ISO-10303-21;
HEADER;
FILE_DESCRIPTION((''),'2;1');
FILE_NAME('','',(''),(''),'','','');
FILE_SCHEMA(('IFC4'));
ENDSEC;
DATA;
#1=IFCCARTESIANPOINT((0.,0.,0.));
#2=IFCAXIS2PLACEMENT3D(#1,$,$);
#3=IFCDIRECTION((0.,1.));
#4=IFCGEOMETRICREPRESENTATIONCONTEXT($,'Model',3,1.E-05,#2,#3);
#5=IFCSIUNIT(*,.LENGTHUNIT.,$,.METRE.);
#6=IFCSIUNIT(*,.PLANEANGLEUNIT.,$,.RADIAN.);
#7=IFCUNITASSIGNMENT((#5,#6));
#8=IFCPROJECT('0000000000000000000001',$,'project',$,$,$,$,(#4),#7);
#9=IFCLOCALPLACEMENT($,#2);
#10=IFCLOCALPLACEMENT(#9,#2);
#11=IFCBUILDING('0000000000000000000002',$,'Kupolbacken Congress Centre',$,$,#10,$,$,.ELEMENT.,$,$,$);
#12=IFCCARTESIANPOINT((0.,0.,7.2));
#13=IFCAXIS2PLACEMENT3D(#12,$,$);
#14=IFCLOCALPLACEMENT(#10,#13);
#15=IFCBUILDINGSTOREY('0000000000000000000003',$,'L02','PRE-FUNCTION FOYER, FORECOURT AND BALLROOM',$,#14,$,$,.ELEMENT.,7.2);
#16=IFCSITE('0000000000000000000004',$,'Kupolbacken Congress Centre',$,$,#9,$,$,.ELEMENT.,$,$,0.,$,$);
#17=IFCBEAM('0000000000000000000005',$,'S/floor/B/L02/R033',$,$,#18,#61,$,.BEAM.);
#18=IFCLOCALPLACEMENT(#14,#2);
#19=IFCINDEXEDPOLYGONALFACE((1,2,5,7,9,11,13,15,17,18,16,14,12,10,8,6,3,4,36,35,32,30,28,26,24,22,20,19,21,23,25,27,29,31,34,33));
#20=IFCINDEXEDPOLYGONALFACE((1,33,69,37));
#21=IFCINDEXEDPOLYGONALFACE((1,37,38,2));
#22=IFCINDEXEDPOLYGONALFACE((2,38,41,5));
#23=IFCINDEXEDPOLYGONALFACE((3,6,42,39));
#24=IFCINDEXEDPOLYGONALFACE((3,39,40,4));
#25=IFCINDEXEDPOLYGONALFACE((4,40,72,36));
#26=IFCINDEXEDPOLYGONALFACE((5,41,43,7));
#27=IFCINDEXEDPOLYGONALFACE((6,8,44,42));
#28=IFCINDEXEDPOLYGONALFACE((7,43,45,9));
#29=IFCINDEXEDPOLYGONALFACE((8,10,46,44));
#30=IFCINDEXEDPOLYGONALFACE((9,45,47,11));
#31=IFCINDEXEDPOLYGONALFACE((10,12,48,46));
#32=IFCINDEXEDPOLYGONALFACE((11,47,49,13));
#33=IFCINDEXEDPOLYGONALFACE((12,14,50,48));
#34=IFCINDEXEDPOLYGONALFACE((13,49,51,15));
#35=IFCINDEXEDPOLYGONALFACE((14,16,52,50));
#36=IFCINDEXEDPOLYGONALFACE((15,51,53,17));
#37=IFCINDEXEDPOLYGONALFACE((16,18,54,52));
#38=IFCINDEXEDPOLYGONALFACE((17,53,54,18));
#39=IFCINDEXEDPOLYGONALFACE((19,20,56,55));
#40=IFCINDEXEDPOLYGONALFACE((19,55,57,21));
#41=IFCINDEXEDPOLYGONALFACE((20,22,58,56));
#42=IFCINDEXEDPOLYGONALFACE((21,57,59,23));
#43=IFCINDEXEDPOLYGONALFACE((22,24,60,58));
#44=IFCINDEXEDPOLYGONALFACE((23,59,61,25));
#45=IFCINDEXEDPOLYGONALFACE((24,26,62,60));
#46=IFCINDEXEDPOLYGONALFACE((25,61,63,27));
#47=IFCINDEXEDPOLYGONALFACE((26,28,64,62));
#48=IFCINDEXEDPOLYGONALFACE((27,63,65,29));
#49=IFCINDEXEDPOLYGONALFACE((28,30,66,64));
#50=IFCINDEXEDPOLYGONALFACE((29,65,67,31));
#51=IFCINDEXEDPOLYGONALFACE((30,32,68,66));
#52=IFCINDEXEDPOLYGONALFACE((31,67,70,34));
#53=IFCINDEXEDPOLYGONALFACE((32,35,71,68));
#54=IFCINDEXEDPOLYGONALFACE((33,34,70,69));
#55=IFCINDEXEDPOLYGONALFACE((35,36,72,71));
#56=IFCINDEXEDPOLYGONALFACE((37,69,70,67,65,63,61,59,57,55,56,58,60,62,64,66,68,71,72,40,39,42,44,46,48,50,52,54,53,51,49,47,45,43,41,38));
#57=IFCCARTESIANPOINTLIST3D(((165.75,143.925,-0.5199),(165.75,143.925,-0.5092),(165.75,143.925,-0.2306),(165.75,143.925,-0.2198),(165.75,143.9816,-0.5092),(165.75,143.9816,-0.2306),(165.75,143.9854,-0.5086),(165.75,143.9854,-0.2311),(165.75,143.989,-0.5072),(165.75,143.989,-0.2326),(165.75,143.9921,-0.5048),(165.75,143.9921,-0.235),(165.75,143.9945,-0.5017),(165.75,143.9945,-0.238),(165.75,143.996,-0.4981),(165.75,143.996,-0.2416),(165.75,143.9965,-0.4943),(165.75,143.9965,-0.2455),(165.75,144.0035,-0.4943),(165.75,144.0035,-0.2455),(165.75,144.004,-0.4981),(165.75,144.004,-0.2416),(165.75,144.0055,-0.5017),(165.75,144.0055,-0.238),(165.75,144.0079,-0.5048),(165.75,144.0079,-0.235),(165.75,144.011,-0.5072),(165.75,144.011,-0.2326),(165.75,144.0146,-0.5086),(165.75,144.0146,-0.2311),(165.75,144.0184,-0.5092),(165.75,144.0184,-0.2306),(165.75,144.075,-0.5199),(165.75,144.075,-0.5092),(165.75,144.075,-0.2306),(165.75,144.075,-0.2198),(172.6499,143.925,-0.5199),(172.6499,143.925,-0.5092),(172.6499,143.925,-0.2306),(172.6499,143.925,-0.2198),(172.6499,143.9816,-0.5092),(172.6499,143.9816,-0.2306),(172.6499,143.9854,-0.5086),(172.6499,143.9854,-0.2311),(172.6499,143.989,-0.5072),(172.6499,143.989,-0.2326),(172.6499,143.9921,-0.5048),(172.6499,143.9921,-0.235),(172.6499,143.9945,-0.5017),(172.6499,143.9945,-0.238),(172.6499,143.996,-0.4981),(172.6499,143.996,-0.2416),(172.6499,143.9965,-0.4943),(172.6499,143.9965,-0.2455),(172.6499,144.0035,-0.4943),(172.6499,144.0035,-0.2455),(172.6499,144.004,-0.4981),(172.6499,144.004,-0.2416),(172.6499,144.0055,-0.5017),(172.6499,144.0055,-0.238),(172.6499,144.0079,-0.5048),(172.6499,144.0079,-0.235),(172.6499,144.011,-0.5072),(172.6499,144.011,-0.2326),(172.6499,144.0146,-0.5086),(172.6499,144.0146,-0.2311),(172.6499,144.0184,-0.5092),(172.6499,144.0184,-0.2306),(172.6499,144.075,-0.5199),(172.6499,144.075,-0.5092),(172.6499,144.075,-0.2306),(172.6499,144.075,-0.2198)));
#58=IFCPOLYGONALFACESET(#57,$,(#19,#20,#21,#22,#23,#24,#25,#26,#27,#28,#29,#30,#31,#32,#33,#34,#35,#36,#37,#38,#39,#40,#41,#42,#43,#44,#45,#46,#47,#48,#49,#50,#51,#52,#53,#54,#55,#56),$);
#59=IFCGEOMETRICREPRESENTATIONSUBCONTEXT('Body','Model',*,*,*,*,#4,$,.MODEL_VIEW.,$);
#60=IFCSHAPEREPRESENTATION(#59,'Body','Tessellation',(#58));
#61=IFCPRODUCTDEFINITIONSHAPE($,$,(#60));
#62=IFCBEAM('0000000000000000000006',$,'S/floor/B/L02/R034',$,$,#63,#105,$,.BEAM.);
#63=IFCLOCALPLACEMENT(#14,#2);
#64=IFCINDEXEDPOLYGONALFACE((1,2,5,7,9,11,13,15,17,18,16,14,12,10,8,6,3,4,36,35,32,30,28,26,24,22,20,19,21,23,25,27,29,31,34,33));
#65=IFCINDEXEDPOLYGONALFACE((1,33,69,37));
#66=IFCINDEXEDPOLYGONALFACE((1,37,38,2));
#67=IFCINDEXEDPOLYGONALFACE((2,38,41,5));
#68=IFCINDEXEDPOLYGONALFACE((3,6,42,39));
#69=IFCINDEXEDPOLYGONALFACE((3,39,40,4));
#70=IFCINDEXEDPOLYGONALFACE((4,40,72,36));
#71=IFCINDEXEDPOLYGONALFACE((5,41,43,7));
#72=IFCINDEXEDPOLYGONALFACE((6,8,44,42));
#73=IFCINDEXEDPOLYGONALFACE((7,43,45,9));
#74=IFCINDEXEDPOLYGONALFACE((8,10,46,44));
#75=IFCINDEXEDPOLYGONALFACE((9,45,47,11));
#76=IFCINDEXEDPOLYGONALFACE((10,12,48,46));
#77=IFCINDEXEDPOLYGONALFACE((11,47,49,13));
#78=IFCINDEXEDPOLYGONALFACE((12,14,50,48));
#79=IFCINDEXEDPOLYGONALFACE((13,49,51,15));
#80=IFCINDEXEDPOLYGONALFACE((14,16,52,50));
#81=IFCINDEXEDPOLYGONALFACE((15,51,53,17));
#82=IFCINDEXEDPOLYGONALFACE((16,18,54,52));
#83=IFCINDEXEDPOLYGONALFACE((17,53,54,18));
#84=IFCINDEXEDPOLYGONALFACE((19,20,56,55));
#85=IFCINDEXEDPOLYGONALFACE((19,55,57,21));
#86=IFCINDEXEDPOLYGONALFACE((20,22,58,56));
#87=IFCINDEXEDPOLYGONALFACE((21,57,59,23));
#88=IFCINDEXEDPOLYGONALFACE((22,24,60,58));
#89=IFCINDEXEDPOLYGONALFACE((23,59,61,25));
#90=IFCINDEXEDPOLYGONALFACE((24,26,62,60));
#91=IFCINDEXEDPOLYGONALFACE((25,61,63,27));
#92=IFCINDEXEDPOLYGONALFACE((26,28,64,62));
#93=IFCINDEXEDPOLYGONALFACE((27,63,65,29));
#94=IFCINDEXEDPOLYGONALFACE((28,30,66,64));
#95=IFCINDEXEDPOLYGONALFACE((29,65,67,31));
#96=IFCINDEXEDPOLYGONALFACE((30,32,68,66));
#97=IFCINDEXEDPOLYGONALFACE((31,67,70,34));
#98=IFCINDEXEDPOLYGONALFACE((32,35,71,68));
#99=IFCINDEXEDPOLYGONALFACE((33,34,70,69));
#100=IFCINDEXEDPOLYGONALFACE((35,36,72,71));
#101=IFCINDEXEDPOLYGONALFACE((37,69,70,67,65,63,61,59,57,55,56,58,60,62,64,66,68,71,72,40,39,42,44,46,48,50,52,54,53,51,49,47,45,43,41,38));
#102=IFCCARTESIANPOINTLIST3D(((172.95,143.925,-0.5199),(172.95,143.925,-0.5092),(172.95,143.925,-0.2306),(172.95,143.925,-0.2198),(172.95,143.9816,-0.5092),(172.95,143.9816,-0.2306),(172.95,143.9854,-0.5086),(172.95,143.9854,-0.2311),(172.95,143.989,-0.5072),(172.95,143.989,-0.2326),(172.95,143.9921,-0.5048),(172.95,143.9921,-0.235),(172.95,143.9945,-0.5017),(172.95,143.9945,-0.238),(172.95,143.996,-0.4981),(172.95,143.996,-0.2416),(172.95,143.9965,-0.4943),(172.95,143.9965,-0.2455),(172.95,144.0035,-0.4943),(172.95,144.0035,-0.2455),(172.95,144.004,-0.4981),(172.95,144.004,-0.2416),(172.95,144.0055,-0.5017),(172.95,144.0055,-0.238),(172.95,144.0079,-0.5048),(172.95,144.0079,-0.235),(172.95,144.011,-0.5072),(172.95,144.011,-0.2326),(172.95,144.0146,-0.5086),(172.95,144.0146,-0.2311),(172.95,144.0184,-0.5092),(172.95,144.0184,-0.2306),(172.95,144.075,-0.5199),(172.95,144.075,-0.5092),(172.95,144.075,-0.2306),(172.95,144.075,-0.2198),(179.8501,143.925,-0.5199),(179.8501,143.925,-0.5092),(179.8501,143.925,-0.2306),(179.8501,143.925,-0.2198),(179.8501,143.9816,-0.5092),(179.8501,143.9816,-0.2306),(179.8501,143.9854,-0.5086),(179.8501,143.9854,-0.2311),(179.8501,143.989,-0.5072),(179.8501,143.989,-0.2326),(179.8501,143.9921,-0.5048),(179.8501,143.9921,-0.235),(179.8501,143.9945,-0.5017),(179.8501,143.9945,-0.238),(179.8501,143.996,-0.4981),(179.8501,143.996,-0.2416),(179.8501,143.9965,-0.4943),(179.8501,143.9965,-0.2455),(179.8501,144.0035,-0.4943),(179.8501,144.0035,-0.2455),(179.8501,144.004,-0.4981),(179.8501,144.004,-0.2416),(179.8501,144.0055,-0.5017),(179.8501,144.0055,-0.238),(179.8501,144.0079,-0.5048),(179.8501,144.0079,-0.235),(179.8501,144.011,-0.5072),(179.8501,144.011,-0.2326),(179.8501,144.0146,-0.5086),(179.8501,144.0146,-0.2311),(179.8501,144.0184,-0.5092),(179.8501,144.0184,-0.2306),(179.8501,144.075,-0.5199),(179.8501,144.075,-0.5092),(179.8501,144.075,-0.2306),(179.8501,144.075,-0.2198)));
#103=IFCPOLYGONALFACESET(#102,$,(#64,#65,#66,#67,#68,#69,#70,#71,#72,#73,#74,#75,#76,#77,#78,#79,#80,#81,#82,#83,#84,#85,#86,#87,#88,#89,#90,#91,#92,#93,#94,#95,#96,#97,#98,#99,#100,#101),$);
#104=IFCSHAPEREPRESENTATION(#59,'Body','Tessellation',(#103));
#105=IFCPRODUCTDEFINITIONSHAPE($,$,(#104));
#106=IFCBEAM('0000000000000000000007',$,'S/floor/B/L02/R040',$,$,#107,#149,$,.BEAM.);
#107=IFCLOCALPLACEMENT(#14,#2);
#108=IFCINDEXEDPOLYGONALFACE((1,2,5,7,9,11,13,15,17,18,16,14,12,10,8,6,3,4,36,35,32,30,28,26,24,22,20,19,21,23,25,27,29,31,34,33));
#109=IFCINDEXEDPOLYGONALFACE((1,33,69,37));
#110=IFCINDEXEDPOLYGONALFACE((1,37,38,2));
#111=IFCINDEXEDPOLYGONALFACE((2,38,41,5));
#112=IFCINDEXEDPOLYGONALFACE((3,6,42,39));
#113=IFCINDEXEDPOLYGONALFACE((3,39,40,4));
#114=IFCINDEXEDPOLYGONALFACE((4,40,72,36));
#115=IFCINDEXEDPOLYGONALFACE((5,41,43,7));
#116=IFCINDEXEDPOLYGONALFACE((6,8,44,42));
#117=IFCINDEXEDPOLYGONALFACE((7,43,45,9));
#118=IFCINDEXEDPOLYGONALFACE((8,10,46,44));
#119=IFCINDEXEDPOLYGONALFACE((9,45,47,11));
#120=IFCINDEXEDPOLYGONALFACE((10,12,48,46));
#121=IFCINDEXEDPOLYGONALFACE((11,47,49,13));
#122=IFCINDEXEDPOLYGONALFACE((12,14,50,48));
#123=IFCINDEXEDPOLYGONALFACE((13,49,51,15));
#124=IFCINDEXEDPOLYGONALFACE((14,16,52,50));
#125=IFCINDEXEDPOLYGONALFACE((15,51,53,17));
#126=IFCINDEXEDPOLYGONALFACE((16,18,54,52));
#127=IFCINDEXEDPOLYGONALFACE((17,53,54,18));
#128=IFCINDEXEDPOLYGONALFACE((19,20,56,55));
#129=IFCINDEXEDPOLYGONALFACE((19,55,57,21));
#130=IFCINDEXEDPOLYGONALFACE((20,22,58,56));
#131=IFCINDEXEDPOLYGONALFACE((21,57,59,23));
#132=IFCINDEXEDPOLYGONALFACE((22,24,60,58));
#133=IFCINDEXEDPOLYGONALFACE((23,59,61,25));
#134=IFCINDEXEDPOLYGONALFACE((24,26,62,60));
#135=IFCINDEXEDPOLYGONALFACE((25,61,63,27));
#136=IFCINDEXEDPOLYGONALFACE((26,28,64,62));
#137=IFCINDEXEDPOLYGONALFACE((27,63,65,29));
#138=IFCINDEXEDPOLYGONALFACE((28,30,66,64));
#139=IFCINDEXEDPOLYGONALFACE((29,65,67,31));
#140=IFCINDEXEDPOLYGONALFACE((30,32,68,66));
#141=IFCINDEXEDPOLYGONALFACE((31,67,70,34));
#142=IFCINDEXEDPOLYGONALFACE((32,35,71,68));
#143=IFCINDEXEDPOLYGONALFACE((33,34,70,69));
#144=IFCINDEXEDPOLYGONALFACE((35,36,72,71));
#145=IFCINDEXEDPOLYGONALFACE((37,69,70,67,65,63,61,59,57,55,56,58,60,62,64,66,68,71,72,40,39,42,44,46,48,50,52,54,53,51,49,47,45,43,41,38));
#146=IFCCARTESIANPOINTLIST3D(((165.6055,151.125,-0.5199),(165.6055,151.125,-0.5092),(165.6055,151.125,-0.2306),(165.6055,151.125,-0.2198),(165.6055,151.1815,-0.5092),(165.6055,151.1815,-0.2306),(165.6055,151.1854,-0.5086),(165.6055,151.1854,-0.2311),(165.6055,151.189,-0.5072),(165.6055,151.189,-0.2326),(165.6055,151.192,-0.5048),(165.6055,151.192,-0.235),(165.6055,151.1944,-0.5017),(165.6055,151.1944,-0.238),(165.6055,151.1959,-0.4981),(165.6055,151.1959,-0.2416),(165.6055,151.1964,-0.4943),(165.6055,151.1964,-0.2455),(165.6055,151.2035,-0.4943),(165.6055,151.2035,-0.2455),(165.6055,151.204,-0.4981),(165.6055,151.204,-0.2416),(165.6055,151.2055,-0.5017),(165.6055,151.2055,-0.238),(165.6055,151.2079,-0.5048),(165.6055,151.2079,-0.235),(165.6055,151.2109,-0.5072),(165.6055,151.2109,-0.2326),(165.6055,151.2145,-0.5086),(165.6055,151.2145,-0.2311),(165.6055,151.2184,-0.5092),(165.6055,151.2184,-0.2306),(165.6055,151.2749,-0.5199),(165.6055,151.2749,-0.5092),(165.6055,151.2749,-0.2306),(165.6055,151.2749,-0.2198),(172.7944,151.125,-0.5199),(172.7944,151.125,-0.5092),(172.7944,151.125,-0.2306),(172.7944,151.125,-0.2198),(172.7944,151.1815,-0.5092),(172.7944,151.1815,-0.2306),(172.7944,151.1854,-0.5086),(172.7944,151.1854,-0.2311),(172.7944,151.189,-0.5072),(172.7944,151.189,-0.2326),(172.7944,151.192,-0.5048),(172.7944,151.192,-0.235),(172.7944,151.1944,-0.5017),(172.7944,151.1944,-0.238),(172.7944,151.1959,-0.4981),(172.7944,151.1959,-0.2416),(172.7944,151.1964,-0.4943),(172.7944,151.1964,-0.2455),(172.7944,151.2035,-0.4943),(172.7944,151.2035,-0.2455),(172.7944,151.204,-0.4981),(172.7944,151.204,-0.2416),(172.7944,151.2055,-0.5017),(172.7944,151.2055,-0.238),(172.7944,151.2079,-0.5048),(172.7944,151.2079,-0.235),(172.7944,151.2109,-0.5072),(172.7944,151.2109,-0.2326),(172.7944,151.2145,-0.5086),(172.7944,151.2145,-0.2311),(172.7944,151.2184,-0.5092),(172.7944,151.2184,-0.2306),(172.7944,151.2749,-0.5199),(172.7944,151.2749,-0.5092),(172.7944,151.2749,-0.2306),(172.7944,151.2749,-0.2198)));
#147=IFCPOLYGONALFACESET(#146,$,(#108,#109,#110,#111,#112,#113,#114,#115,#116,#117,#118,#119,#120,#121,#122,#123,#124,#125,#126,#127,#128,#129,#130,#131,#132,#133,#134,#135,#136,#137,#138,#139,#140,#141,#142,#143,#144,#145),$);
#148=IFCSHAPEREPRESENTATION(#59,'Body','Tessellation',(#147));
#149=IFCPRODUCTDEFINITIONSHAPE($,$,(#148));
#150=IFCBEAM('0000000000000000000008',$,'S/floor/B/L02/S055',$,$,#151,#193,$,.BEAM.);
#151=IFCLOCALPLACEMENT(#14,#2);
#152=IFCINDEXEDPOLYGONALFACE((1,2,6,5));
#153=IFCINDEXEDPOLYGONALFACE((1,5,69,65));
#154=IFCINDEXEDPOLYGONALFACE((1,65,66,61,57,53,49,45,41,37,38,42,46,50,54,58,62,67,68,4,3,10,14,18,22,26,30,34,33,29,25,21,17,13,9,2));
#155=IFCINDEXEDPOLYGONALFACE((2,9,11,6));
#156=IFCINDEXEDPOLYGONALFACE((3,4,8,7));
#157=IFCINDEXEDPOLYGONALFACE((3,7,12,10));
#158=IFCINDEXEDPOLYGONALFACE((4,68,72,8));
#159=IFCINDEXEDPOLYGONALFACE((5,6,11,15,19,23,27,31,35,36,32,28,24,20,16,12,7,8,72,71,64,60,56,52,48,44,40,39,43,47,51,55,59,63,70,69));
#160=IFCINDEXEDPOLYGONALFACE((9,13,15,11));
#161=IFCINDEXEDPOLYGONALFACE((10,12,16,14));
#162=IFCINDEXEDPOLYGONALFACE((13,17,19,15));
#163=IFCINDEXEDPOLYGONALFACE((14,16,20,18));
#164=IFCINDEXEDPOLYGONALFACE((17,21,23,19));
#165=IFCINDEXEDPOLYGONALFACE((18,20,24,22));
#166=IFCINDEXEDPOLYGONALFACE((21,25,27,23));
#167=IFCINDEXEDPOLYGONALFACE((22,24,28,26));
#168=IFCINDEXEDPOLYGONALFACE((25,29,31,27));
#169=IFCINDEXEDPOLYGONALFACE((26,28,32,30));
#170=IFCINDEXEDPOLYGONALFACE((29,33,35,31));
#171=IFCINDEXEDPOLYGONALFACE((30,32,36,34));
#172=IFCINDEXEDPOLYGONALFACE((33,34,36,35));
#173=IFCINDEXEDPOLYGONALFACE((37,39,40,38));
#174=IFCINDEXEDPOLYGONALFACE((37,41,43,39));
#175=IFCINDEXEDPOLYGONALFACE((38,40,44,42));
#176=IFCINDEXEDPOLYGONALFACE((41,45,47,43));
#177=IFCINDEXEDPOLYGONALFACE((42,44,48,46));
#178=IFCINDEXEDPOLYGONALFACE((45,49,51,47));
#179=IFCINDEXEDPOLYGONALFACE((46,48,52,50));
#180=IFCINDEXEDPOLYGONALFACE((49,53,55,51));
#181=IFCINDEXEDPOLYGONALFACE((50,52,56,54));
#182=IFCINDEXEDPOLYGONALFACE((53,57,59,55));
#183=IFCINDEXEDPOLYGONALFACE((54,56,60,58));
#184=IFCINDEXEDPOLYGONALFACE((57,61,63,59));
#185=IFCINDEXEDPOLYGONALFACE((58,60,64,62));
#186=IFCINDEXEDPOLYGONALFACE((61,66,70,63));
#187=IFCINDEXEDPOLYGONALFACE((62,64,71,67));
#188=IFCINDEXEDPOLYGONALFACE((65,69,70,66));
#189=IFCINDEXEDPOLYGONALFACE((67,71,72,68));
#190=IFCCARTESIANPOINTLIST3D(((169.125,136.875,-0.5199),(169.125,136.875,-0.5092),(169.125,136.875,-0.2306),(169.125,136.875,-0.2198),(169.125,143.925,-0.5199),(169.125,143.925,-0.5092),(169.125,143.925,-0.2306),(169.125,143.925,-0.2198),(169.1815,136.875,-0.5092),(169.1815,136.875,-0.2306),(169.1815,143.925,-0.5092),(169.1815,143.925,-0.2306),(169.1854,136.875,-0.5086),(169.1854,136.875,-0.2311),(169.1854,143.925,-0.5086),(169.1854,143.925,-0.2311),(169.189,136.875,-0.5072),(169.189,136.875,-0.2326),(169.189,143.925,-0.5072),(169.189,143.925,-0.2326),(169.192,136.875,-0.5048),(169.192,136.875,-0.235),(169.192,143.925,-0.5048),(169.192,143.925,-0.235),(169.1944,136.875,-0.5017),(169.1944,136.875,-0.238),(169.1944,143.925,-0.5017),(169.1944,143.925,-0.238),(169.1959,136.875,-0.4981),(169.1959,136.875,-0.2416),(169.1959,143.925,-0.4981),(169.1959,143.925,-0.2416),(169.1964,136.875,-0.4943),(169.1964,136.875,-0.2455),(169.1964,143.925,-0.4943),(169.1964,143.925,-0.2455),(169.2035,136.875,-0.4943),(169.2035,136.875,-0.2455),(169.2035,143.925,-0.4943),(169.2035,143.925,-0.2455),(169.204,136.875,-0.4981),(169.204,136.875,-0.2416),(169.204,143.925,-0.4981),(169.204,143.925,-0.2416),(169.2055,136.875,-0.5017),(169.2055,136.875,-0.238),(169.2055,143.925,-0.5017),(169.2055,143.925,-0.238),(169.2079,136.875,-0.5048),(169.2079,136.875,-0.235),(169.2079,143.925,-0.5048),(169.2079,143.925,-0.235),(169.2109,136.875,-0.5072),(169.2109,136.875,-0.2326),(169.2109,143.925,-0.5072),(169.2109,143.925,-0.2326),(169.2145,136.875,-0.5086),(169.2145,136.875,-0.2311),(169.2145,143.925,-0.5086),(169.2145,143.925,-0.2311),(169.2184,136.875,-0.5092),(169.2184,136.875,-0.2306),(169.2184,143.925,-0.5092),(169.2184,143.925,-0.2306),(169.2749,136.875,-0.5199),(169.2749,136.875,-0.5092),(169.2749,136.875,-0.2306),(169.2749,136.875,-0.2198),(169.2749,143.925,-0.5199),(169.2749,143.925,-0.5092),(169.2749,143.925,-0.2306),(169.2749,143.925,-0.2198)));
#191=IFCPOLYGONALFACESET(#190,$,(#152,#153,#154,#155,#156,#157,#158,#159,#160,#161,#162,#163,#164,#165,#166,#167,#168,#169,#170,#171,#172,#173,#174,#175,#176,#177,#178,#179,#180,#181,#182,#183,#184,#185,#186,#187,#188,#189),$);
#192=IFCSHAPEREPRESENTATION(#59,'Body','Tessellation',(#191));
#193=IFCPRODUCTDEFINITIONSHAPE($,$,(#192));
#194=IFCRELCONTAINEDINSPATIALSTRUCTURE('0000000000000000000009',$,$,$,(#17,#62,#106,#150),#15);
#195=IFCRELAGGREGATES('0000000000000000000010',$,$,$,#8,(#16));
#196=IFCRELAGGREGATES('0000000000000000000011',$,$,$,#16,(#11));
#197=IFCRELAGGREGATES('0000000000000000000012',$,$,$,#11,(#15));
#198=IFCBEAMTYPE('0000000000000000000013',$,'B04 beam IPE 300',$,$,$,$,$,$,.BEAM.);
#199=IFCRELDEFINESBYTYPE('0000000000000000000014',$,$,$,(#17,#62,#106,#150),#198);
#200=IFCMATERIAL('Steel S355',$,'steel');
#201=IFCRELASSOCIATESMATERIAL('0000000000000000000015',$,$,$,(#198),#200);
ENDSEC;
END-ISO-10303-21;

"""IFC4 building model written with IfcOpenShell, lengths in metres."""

from ifc_helpers import new_model, si_unit, direction, frame, origin, origin_2d, place, context, subcontext, project, spatial, i_section, extrude, material, material_profile, profile_set, type_object, element, save


model = new_model("IFC4")

# Units and contexts
model_context = context("Model", 3, precision=1e-05, world=origin(), true_north=direction((0.0, 1.0)))
body_context = subcontext(model_context, "Body", "Model", "MODEL_VIEW")
ifc_project = project(units=[si_unit("LENGTHUNIT", "METRE"), si_unit("PLANEANGLEUNIT", "RADIAN")], contexts=[model_context])

# Site, building, storey
site_placement = place(None, origin())
site = spatial("IfcSite", under=ifc_project, at=site_placement, Name="Kupolbacken Congress Centre", CompositionType="ELEMENT", RefElevation=0.0)
building_placement = place(site_placement, origin())
building = spatial("IfcBuilding", under=site, at=building_placement, Name="Kupolbacken Congress Centre", CompositionType="ELEMENT")
storey_placement = place(building_placement, frame((0.0, 0.0, 7.2)))
storey = spatial("IfcBuildingStorey", under=building, at=storey_placement, Name="L02", Description="PRE-FUNCTION FOYER, FORECOURT AND BALLROOM", CompositionType="ELEMENT", Elevation=7.2)

# Beams
ifc_material_1 = material(Name="Steel S355", Category="steel")
ifc_material_profile_1 = material_profile(ifc_material_1, i_section(OverallWidth=0.1499, OverallDepth=0.3, WebThickness=0.0071, FlangeThickness=0.0107, FilletRadius=0.0149, at=origin_2d()), Name="IPE 300")
ifc_profile_set_1 = profile_set([ifc_material_profile_1], Name="Steel S355")
beam_type_1 = type_object("IfcBeamType", Name="B04 beam IPE 300", PredefinedType="BEAM", material=ifc_profile_set_1)
beam_1_placement = place(storey_placement, frame((165.75, 144.0, -0.3699), z_axis=(1.0, 0.0, 0.0), x_axis=(0.0, 1.0, 0.0)))
element("IfcBeam", 1, at=beam_1_placement, inside=storey, type_object=beam_type_1, Name="S/floor/B/L02/R033", PredefinedType="BEAM", context=body_context, shape_type="SweptSolid", body=[
    extrude(i_section(OverallWidth=0.1499, OverallDepth=0.3, WebThickness=0.0071, FlangeThickness=0.0107, FilletRadius=0.0149, at=origin_2d()), origin(), (0.0, 0.0, 1.0), 6.8999),
])
beam_2_placement = place(storey_placement, frame((172.95, 144.0, -0.3699), z_axis=(1.0, 0.0, 0.0), x_axis=(0.0, 1.0, 0.0)))
element("IfcBeam", 2, at=beam_2_placement, inside=storey, type_object=beam_type_1, Name="S/floor/B/L02/R034", PredefinedType="BEAM", context=body_context, shape_type="SweptSolid", body=[
    extrude(i_section(OverallWidth=0.1499, OverallDepth=0.3, WebThickness=0.0071, FlangeThickness=0.0107, FilletRadius=0.0149, at=origin_2d()), origin(), (0.0, 0.0, 1.0), 6.9001),
])
beam_3_placement = place(storey_placement, frame((165.6055, 151.2, -0.3699), z_axis=(1.0, 0.0, 0.0), x_axis=(0.0, 1.0, 0.0)))
element("IfcBeam", 3, at=beam_3_placement, inside=storey, type_object=beam_type_1, Name="S/floor/B/L02/R040", PredefinedType="BEAM", context=body_context, shape_type="SweptSolid", body=[
    extrude(i_section(OverallWidth=0.1499, OverallDepth=0.3, WebThickness=0.0071, FlangeThickness=0.0107, FilletRadius=0.0149, at=origin_2d()), origin(), (0.0, 0.0, 1.0), 7.189),
])
for number, where, z_axis, x_axis, name in (
    (4, (169.2, 136.875, -0.3699), (0.0, 1.0, 0.0), (-1.0, 0.0, 0.0), "S/floor/B/L02/S055"),
):
    element("IfcBeam", number, at=place(storey_placement, frame(where, z_axis=z_axis, x_axis=x_axis)), inside=storey, type_object=beam_type_1, Name=name, PredefinedType="BEAM", context=body_context, shape_type="SweptSolid", body=[
        extrude(i_section(OverallWidth=0.1499, OverallDepth=0.3, WebThickness=0.0071, FlangeThickness=0.0107, FilletRadius=0.0149, at=origin_2d()), origin(), (0.0, 0.0, 1.0), 7.05),
    ])

save(model, "model.ifc")
